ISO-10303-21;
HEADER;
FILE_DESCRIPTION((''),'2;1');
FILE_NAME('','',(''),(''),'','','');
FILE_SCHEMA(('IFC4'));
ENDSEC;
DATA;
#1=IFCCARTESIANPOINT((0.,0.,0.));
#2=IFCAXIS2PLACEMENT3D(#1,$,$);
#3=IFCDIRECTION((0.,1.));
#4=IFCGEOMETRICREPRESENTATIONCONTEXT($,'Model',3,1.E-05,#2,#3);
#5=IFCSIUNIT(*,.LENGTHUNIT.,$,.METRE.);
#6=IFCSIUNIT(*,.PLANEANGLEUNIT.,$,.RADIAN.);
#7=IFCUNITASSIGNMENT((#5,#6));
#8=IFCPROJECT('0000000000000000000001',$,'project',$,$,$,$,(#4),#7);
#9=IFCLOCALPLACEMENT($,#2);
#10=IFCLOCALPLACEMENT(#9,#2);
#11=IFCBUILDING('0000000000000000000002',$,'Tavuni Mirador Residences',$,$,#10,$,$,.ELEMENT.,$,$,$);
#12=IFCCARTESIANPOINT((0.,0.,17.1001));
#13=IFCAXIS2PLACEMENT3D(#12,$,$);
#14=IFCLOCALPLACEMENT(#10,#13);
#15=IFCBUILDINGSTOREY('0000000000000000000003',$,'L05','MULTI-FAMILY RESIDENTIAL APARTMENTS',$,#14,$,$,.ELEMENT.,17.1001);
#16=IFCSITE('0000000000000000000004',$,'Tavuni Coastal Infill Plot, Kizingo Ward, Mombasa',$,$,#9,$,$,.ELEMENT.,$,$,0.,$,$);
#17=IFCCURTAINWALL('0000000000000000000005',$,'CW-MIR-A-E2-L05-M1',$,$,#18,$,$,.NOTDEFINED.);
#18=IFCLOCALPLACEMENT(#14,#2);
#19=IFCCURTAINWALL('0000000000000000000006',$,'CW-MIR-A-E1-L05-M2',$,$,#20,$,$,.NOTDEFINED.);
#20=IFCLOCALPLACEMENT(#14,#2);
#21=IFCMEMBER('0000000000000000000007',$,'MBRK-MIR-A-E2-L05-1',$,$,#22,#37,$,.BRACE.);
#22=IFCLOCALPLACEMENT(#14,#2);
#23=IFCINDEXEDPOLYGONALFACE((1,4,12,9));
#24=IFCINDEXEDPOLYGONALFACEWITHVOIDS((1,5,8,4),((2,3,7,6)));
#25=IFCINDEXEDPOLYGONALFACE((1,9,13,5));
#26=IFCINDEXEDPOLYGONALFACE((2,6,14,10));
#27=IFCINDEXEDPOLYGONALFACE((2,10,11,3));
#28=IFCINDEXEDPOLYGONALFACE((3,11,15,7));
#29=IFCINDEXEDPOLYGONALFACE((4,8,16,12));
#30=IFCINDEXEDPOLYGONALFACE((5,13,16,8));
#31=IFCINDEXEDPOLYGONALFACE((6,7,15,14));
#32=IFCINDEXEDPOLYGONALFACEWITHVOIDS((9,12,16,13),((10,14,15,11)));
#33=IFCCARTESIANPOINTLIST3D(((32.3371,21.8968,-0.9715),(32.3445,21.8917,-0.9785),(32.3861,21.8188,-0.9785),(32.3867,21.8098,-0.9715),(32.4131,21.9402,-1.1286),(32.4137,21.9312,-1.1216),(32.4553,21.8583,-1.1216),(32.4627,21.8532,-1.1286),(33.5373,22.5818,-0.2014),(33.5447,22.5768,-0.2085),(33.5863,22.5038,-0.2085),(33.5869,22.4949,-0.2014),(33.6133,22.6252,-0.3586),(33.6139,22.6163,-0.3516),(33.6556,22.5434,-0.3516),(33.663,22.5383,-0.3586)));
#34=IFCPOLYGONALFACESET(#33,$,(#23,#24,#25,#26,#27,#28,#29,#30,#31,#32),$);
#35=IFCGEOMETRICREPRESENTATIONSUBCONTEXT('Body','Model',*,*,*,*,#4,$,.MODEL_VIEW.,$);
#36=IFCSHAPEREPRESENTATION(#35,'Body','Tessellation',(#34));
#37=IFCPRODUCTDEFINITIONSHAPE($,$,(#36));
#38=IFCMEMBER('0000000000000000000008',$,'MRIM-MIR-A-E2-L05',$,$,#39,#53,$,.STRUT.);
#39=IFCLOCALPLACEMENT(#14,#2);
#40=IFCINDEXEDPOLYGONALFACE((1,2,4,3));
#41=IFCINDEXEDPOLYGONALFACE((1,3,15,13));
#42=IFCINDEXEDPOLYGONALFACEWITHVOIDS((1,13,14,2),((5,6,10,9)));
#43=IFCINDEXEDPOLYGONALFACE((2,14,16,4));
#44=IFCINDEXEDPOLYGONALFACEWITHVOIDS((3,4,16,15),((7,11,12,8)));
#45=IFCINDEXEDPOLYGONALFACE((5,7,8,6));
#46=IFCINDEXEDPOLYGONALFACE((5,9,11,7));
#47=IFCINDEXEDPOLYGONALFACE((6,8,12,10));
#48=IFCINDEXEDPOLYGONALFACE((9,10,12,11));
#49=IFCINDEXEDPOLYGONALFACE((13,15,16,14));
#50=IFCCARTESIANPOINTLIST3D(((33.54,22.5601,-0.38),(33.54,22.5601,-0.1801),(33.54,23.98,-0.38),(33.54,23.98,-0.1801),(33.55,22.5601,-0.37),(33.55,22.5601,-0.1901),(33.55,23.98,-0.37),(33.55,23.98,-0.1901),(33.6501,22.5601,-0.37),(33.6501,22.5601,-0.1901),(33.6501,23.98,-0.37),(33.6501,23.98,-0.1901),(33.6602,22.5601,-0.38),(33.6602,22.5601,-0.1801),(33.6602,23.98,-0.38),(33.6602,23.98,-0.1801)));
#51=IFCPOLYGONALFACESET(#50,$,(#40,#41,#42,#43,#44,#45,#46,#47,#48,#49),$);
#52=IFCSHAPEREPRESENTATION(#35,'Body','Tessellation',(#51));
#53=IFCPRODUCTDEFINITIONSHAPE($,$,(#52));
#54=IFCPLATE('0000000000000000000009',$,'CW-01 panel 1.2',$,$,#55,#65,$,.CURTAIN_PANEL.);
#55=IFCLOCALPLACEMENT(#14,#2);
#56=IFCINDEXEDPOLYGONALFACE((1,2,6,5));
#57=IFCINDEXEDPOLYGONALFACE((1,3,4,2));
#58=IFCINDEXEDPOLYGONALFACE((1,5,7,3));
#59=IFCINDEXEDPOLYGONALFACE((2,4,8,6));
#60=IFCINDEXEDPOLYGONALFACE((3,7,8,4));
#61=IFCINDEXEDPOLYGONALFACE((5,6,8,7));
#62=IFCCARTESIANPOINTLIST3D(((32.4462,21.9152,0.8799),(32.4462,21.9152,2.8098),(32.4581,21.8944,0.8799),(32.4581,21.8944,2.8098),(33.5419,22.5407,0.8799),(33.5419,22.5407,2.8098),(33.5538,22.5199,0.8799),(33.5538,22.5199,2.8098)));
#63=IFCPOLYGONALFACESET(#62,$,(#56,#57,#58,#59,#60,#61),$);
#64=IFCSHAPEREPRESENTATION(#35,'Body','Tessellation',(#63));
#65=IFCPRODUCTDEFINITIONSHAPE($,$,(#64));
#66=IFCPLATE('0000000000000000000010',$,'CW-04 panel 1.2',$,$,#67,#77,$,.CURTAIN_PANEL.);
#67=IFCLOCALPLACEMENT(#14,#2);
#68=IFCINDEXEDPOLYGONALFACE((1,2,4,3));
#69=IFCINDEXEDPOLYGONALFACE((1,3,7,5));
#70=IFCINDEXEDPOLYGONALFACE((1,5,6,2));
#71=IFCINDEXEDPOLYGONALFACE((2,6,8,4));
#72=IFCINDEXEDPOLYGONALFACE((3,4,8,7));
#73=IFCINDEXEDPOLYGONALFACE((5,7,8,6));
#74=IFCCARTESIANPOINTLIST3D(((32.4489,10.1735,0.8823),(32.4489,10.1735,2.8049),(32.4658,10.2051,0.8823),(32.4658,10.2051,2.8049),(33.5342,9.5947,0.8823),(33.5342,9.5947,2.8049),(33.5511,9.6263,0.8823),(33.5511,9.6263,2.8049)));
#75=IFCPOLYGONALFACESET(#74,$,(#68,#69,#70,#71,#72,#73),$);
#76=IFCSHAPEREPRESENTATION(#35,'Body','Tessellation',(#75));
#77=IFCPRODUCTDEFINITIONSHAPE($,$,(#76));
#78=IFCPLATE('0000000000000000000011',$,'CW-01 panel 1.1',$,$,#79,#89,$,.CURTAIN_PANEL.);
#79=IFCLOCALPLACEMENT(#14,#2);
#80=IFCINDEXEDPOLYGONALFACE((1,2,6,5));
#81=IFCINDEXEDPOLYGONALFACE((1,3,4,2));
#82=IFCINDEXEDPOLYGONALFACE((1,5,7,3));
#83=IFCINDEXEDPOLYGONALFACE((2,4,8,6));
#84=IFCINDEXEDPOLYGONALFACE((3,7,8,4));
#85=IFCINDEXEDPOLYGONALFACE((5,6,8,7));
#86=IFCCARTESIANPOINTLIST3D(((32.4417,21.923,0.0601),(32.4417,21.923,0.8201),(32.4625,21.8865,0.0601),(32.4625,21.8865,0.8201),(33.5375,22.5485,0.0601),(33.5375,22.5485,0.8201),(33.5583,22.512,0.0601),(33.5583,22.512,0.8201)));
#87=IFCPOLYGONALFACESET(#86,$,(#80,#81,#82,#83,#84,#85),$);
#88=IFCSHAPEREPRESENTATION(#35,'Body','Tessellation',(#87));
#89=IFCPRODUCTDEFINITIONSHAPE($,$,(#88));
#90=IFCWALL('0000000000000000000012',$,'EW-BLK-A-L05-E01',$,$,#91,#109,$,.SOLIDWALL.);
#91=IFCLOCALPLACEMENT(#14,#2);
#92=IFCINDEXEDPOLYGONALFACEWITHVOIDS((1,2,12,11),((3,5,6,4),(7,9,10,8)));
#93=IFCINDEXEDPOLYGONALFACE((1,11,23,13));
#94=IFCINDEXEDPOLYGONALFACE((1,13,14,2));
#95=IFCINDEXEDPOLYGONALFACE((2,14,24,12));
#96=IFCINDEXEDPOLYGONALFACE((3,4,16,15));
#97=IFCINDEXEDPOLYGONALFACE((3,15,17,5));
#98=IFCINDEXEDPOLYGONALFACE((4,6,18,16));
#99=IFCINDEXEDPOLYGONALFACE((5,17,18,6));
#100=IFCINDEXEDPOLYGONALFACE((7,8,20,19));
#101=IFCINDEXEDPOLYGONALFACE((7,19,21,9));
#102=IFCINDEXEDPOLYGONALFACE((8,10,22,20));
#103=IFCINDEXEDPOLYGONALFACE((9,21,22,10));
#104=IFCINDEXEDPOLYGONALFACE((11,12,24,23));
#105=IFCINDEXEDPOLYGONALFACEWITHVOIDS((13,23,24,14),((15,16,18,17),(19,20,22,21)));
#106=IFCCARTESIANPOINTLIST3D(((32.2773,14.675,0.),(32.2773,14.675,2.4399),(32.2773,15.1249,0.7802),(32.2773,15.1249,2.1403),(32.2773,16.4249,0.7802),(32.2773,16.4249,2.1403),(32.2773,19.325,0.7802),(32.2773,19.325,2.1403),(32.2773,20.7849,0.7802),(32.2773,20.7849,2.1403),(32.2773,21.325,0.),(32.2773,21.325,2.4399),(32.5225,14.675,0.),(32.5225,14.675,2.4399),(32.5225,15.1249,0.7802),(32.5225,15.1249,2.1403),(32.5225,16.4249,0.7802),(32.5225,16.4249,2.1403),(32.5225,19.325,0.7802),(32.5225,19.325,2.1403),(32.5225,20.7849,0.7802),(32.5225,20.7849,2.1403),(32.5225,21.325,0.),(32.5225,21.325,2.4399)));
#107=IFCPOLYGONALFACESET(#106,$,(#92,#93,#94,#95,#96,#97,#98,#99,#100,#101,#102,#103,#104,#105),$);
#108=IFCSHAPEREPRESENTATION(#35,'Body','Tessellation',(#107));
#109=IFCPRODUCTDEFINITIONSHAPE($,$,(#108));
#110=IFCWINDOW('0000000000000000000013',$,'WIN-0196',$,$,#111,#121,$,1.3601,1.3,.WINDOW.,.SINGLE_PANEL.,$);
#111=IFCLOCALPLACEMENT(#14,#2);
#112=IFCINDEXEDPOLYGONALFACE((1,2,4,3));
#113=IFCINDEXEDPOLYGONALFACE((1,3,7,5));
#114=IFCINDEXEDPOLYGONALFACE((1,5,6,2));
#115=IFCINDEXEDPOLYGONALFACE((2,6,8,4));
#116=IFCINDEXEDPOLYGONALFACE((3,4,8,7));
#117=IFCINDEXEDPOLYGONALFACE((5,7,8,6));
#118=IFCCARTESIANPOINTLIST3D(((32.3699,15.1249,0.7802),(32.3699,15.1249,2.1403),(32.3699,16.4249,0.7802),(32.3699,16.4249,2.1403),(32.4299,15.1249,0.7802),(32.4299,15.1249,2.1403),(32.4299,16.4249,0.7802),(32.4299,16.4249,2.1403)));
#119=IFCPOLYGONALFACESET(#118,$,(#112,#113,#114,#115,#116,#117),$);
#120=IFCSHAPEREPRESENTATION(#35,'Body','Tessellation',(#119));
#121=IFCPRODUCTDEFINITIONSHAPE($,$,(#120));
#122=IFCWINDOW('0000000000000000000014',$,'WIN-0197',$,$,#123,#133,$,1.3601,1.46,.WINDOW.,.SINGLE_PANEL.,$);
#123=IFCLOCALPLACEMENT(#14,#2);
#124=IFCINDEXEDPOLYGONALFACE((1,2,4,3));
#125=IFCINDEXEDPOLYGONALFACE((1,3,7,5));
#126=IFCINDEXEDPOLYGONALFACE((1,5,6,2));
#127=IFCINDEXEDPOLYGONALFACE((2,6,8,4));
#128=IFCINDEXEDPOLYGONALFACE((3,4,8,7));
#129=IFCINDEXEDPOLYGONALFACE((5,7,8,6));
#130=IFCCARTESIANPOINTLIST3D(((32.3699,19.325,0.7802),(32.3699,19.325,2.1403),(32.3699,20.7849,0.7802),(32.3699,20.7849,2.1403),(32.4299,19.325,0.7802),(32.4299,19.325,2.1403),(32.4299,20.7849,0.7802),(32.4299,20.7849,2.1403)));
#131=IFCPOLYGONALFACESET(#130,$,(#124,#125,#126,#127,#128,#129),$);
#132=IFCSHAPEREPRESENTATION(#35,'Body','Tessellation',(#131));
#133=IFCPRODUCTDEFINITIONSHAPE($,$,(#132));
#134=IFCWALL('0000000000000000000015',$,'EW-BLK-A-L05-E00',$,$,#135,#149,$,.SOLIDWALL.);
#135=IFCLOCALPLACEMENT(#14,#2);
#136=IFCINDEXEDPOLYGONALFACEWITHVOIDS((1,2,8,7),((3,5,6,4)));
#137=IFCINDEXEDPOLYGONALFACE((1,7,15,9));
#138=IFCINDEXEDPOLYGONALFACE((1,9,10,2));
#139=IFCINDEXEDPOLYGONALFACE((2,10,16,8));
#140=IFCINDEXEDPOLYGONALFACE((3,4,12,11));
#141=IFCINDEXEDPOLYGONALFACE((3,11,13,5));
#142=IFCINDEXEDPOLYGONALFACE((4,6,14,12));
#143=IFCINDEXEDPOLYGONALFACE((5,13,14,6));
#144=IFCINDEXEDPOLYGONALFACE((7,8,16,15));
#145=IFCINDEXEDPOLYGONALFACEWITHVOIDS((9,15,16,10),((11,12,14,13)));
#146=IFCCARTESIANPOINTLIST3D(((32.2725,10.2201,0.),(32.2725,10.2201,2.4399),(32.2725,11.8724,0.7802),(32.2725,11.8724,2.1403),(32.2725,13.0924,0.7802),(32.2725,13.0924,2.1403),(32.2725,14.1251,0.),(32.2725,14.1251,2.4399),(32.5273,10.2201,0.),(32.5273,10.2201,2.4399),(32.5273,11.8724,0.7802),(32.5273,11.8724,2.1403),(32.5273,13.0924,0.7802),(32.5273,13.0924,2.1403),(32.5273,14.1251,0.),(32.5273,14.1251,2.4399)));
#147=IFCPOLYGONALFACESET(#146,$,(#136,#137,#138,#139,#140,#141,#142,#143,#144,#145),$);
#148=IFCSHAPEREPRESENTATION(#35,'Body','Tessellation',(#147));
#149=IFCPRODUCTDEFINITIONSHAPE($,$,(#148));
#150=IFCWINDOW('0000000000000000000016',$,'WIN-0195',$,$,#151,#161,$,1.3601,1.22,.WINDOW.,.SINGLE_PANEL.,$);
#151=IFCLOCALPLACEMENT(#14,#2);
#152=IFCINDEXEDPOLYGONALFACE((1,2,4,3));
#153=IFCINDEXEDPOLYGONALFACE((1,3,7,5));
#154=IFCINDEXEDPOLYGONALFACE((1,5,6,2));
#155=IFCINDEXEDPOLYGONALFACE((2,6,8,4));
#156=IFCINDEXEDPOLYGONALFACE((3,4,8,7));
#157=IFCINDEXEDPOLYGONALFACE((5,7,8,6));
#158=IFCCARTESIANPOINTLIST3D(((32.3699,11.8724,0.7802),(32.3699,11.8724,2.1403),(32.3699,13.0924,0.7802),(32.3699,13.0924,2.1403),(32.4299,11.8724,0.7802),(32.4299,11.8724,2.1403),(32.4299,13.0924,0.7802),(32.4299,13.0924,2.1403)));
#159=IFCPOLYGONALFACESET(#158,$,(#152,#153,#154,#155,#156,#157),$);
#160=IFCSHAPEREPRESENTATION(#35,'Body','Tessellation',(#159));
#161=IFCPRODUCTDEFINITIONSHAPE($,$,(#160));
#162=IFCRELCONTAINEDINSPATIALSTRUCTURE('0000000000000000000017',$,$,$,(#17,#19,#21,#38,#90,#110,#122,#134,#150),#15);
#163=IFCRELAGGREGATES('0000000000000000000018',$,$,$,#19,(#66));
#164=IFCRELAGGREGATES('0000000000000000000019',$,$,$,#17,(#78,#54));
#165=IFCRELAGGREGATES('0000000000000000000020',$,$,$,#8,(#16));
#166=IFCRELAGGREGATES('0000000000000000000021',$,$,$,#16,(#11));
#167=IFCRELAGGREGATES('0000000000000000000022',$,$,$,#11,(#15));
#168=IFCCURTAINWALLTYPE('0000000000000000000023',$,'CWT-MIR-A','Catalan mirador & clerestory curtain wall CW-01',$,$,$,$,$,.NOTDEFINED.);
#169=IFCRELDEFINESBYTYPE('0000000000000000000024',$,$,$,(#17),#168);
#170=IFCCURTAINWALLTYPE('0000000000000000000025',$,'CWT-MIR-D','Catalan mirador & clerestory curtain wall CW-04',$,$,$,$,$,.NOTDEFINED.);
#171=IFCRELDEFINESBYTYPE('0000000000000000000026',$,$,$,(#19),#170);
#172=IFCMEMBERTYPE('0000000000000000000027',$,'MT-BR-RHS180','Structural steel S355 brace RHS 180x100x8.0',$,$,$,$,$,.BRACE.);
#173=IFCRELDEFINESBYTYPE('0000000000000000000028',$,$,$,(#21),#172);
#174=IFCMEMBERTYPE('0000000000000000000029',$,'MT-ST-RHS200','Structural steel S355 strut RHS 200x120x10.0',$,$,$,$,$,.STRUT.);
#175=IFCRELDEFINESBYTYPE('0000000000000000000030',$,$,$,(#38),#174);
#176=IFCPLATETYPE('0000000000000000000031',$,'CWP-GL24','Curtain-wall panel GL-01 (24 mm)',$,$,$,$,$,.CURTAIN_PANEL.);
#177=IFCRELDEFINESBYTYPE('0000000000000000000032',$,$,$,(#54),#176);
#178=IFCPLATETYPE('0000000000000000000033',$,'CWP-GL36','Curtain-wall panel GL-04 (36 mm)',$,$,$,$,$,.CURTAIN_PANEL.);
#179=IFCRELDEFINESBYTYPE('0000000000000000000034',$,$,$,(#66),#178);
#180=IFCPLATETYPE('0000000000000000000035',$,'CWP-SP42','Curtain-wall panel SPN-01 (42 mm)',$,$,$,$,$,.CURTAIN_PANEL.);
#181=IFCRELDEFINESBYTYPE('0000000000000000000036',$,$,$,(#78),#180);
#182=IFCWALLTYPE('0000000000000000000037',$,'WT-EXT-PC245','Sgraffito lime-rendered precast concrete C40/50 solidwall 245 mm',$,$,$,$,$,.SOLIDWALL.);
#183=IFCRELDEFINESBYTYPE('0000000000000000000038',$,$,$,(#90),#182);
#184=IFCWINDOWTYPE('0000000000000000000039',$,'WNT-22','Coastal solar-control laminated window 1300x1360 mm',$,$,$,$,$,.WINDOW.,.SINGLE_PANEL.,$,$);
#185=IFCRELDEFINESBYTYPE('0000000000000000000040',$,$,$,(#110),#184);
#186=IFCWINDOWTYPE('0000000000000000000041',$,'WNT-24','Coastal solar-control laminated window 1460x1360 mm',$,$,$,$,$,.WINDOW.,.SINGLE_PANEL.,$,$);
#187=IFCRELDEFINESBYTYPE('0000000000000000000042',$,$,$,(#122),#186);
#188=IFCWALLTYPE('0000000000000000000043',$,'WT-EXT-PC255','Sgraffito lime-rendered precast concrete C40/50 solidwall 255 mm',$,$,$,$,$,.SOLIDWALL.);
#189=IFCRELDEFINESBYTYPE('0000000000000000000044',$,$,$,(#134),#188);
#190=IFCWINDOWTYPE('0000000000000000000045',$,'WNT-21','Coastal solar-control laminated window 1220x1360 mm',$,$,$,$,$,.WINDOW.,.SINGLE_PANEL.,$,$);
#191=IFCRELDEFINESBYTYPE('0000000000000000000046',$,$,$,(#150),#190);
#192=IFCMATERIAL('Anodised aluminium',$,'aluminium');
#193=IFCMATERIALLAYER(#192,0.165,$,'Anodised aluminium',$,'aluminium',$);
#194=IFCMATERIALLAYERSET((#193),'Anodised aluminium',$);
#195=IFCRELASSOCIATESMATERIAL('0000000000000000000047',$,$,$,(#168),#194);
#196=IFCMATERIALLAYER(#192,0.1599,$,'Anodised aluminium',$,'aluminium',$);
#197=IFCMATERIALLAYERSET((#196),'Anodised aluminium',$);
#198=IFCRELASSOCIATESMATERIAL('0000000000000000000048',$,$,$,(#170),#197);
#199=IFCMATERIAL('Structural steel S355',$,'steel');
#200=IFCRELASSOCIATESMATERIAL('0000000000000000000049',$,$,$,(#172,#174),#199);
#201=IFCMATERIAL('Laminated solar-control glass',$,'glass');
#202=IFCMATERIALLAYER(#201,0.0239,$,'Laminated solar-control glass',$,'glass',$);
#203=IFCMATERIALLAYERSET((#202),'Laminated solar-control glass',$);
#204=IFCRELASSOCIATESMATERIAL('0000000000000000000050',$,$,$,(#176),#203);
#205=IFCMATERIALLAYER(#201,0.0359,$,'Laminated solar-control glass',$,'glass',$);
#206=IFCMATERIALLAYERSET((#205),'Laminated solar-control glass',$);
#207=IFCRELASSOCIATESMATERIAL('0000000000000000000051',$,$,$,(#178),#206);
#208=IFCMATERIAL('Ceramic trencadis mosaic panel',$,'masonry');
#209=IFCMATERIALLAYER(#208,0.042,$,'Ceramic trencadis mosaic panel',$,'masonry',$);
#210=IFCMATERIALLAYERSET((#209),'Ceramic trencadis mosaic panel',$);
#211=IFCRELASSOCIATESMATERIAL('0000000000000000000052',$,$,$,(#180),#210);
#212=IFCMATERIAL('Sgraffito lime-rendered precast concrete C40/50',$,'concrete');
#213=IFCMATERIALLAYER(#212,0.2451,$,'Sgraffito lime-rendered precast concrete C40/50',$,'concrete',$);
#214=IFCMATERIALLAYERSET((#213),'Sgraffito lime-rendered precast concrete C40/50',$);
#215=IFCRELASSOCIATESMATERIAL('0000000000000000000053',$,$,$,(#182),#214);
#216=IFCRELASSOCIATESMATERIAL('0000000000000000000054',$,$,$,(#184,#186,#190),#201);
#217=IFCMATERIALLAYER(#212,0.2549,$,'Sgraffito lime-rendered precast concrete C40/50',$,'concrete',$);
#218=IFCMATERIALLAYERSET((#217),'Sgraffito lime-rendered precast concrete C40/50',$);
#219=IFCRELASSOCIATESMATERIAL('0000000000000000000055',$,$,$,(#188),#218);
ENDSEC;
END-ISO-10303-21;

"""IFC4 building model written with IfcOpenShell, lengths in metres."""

from ifc_helpers import new_model, si_unit, direction, frame, frame_2d, origin, origin_2d, place, context, subcontext, project, spatial, rectangle, hollow_rectangle, extrude, material, layer, layer_set, material_profile, profile_set, type_object, element, fill, aggregate, save


model = new_model("IFC4")

# Units and contexts
model_context = context("Model", 3, precision=1e-05, world=origin(), true_north=direction((0.0, 1.0)))
body_context = subcontext(model_context, "Body", "Model", "MODEL_VIEW")
ifc_project = project(units=[si_unit("LENGTHUNIT", "METRE"), si_unit("PLANEANGLEUNIT", "RADIAN")], contexts=[model_context])

# Site, building, storey
site_placement = place(None, origin())
site = spatial("IfcSite", under=ifc_project, at=site_placement, Name="Tavuni Coastal Infill Plot, Kizingo Ward, Mombasa", CompositionType="ELEMENT", RefElevation=0.0)
building_placement = place(site_placement, origin())
building = spatial("IfcBuilding", under=site, at=building_placement, Name="Tavuni Mirador Residences", CompositionType="ELEMENT")
storey_placement = place(building_placement, frame((0.0, 0.0, 17.1001)))
storey = spatial("IfcBuildingStorey", under=building, at=storey_placement, Name="L05", Description="MULTI-FAMILY RESIDENTIAL APARTMENTS", CompositionType="ELEMENT", Elevation=17.1001)

# Curtain wall
ifc_material_1 = material(Name="Anodised aluminium", Category="aluminium")
ifc_layer_1 = layer(ifc_material_1, 0.165, Name="Anodised aluminium", Category="aluminium")
ifc_layer_set_1 = layer_set([ifc_layer_1], Name="Anodised aluminium")
curtain_wall_type_1 = type_object("IfcCurtainWallType", Name="CWT-MIR-A", Description="Catalan mirador & clerestory curtain wall CW-01", PredefinedType="NOTDEFINED", material=ifc_layer_set_1)
curtain_wall_1_placement = place(storey_placement, origin())
curtain_wall_1 = element("IfcCurtainWall", 1, at=curtain_wall_1_placement, inside=storey, type_object=curtain_wall_type_1, Name="CW-MIR-A-E2-L05-M1", PredefinedType="NOTDEFINED")

# Curtain wall
ifc_layer_2 = layer(ifc_material_1, 0.1599, Name="Anodised aluminium", Category="aluminium")
ifc_layer_set_2 = layer_set([ifc_layer_2], Name="Anodised aluminium")
curtain_wall_type_2 = type_object("IfcCurtainWallType", Name="CWT-MIR-D", Description="Catalan mirador & clerestory curtain wall CW-04", PredefinedType="NOTDEFINED", material=ifc_layer_set_2)
curtain_wall_2_placement = place(storey_placement, origin())
curtain_wall_2 = element("IfcCurtainWall", 2, at=curtain_wall_2_placement, inside=storey, type_object=curtain_wall_type_2, Name="CW-MIR-A-E1-L05-M2", PredefinedType="NOTDEFINED")

# Members
ifc_material_2 = material(Name="Structural steel S355", Category="steel")
ifc_material_profile_1 = material_profile(ifc_material_2, hollow_rectangle(XDim=0.1001, YDim=0.1799, WallThickness=0.0081, at=origin_2d()), Name="RHS 180x100x8.0", Category="steel")
ifc_profile_set_1 = profile_set([ifc_material_profile_1], Name="Structural steel S355")
member_type_1 = type_object("IfcMemberType", Name="MT-BR-RHS180", Description="Structural steel S355 brace RHS 180x100x8.0", PredefinedType="BRACE", material=ifc_profile_set_1)
member_1_placement = place(storey_placement, frame((32.3999, 21.875, -1.05), z_axis=(0.75866, 0.433035, 0.48674), x_axis=(-0.49572, 0.868482, 0.0)))
element("IfcMember", 3, at=member_1_placement, inside=storey, type_object=member_type_1, Name="MBRK-MIR-A-E2-L05-1", PredefinedType="BRACE", context=body_context, shape_type="SweptSolid", body=[
    extrude(hollow_rectangle(XDim=0.1001, YDim=0.1799, WallThickness=0.0081, at=origin_2d()), origin(), (0.0, 0.0, 1.0), 1.582),
])
ifc_material_profile_2 = material_profile(ifc_material_2, hollow_rectangle(XDim=0.1201, YDim=0.2, WallThickness=0.01, at=origin_2d()), Name="RHS 200x120x10.0", Category="steel")
ifc_profile_set_2 = profile_set([ifc_material_profile_2], Name="Structural steel S355")
member_type_2 = type_object("IfcMemberType", Name="MT-ST-RHS200", Description="Structural steel S355 strut RHS 200x120x10.0", PredefinedType="STRUT", material=ifc_profile_set_2)
member_2_placement = place(storey_placement, frame((33.6001, 22.5601, -0.28), z_axis=(0.0, 1.0, 0.0), x_axis=(-1.0, 0.0, 0.0)))
element("IfcMember", 4, at=member_2_placement, inside=storey, type_object=member_type_2, Name="MRIM-MIR-A-E2-L05", PredefinedType="STRUT", context=body_context, shape_type="SweptSolid", body=[
    extrude(hollow_rectangle(XDim=0.1201, YDim=0.2, WallThickness=0.01, at=origin_2d()), origin(), (0.0, 0.0, 1.0), 1.4199),
])

# Plates
ifc_material_3 = material(Name="Laminated solar-control glass", Category="glass")
ifc_layer_3 = layer(ifc_material_3, 0.0239, Name="Laminated solar-control glass", Category="glass")
ifc_layer_set_3 = layer_set([ifc_layer_3], Name="Laminated solar-control glass")
plate_type_1 = type_object("IfcPlateType", Name="CWP-GL24", Description="Curtain-wall panel GL-01 (24 mm)", PredefinedType="CURTAIN_PANEL", material=ifc_layer_set_3)
plate_1_placement = place(storey_placement, frame((33.0, 22.2175, 0.8799), z_axis=(0.0, 0.0, 1.0), x_axis=(0.868466, 0.495749, 0.0)))
plate_1 = element("IfcPlate", 5, at=plate_1_placement, type_object=plate_type_1, Name="CW-01 panel 1.2", PredefinedType="CURTAIN_PANEL", context=body_context, shape_type="SweptSolid", body=[
    extrude(rectangle(XDim=1.2617, YDim=0.0239, at=origin_2d()), origin(), (0.0, 0.0, 1.0), 1.9299),
])
ifc_layer_4 = layer(ifc_material_3, 0.0359, Name="Laminated solar-control glass", Category="glass")
ifc_layer_set_4 = layer_set([ifc_layer_4], Name="Laminated solar-control glass")
plate_type_2 = type_object("IfcPlateType", Name="CWP-GL36", Description="Curtain-wall panel GL-04 (36 mm)", PredefinedType="CURTAIN_PANEL", material=ifc_layer_set_4)
plate_2_placement = place(storey_placement, frame((33.0, 9.8999, 0.8823), z_axis=(0.0, 0.0, 1.0), x_axis=(-0.882353, 0.470588, 0.0)))
plate_2 = element("IfcPlate", 6, at=plate_2_placement, type_object=plate_type_2, Name="CW-04 panel 1.2", PredefinedType="CURTAIN_PANEL", context=body_context, shape_type="SweptSolid", body=[
    extrude(rectangle(XDim=1.23, YDim=0.0359, at=origin_2d()), origin(), (0.0, 0.0, 1.0), 1.9226),
])
aggregate(curtain_wall_2, [plate_2])
ifc_material_4 = material(Name="Ceramic trencadis mosaic panel", Category="masonry")
ifc_layer_5 = layer(ifc_material_4, 0.042, Name="Ceramic trencadis mosaic panel", Category="masonry")
ifc_layer_set_5 = layer_set([ifc_layer_5], Name="Ceramic trencadis mosaic panel")
plate_type_3 = type_object("IfcPlateType", Name="CWP-SP42", Description="Curtain-wall panel SPN-01 (42 mm)", PredefinedType="CURTAIN_PANEL", material=ifc_layer_set_5)
plate_3_placement = place(storey_placement, frame((33.0, 22.2175, 0.0601), z_axis=(0.0, 0.0, 1.0), x_axis=(0.868466, 0.495749, 0.0)))
plate_3 = element("IfcPlate", 7, at=plate_3_placement, type_object=plate_type_3, Name="CW-01 panel 1.1", PredefinedType="CURTAIN_PANEL", context=body_context, shape_type="SweptSolid", body=[
    extrude(rectangle(XDim=1.2617, YDim=0.042, at=origin_2d()), origin(), (0.0, 0.0, 1.0), 0.76),
])
aggregate(curtain_wall_1, [plate_3, plate_1])

# Wall, openings, windows
ifc_material_5 = material(Name="Sgraffito lime-rendered precast concrete C40/50", Category="concrete")
ifc_layer_6 = layer(ifc_material_5, 0.2451, Name="Sgraffito lime-rendered precast concrete C40/50", Category="concrete")
ifc_layer_set_6 = layer_set([ifc_layer_6], Name="Sgraffito lime-rendered precast concrete C40/50")
wall_type_1 = type_object("IfcWallType", Name="WT-EXT-PC245", Description="Sgraffito lime-rendered precast concrete C40/50 solidwall 245 mm", PredefinedType="SOLIDWALL", material=ifc_layer_set_6)
wall_1_placement = place(storey_placement, frame((32.3999, 14.675, 0.0), z_axis=(0.0, 0.0, 1.0), x_axis=(0.0, 1.0, 0.0)))
wall_1 = element("IfcWall", 8, at=wall_1_placement, inside=storey, type_object=wall_type_1, Name="EW-BLK-A-L05-E01", PredefinedType="SOLIDWALL", context=body_context, shape_type="SweptSolid", body=[
    extrude(rectangle(XDim=6.6499, YDim=0.2451, at=frame_2d((3.325, 0.0))), origin(), (0.0, 0.0, 1.0), 2.4399),
])
opening_1_placement = place(wall_1_placement, frame((0.45, 0.0, 0.78)))
opening_1 = element("IfcOpeningElement", 9, at=opening_1_placement, cuts=wall_1, PredefinedType="OPENING", context=body_context, shape_type="SweptSolid", body=[
    extrude(rectangle(XDim=1.3, YDim=1.3601, at=frame_2d((0.6499, 0.6802))), frame((0.0, 0.1326, 0.0), z_axis=(0.0, -1.0, 0.0), x_axis=(1.0, 0.0, 0.0)), (0.0, 0.0, 1.0), 0.2651),
])
opening_2_placement = place(wall_1_placement, frame((4.6499, 0.0, 0.78)))
opening_2 = element("IfcOpeningElement", 10, at=opening_2_placement, cuts=wall_1, PredefinedType="OPENING", context=body_context, shape_type="SweptSolid", body=[
    extrude(rectangle(XDim=1.46, YDim=1.3601, at=frame_2d((0.73, 0.6802))), frame((0.0, 0.1326, 0.0), z_axis=(0.0, -1.0, 0.0), x_axis=(1.0, 0.0, 0.0)), (0.0, 0.0, 1.0), 0.2651),
])
window_type_1 = type_object("IfcWindowType", Name="WNT-22", Description="Coastal solar-control laminated window 1300x1360 mm", PartitioningType="SINGLE_PANEL", PredefinedType="WINDOW", material=ifc_material_3)
window_1_placement = place(opening_1_placement, origin())
window_1 = element("IfcWindow", 11, at=window_1_placement, inside=storey, type_object=window_type_1, Name="WIN-0196", OverallHeight=1.3601, OverallWidth=1.3, PartitioningType="SINGLE_PANEL", PredefinedType="WINDOW", context=body_context, shape_type="SweptSolid", body=[
    extrude(rectangle(XDim=1.3, YDim=1.3601, at=frame_2d((0.6499, 0.6802))), frame((0.0, 0.03, 0.0), z_axis=(0.0, -1.0, 0.0), x_axis=(1.0, 0.0, 0.0)), (0.0, 0.0, 1.0), 0.0601),
])
fill(opening_1, window_1)
window_type_2 = type_object("IfcWindowType", Name="WNT-24", Description="Coastal solar-control laminated window 1460x1360 mm", PartitioningType="SINGLE_PANEL", PredefinedType="WINDOW", material=ifc_material_3)
window_2_placement = place(opening_2_placement, origin())
window_2 = element("IfcWindow", 12, at=window_2_placement, inside=storey, type_object=window_type_2, Name="WIN-0197", OverallHeight=1.3601, OverallWidth=1.46, PartitioningType="SINGLE_PANEL", PredefinedType="WINDOW", context=body_context, shape_type="SweptSolid", body=[
    extrude(rectangle(XDim=1.46, YDim=1.3601, at=frame_2d((0.73, 0.6802))), frame((0.0, 0.03, 0.0), z_axis=(0.0, -1.0, 0.0), x_axis=(1.0, 0.0, 0.0)), (0.0, 0.0, 1.0), 0.0601),
])
fill(opening_2, window_2)

# Wall, opening, window
ifc_layer_7 = layer(ifc_material_5, 0.2549, Name="Sgraffito lime-rendered precast concrete C40/50", Category="concrete")
ifc_layer_set_7 = layer_set([ifc_layer_7], Name="Sgraffito lime-rendered precast concrete C40/50")
wall_type_2 = type_object("IfcWallType", Name="WT-EXT-PC255", Description="Sgraffito lime-rendered precast concrete C40/50 solidwall 255 mm", PredefinedType="SOLIDWALL", material=ifc_layer_set_7)
wall_2_placement = place(storey_placement, frame((32.3999, 10.22, 0.0), z_axis=(0.0, 0.0, 1.0), x_axis=(0.0, 1.0, 0.0)))
wall_2 = element("IfcWall", 13, at=wall_2_placement, inside=storey, type_object=wall_type_2, Name="EW-BLK-A-L05-E00", PredefinedType="SOLIDWALL", context=body_context, shape_type="SweptSolid", body=[
    extrude(rectangle(XDim=3.905, YDim=0.2549, at=frame_2d((1.9526, 0.0))), origin(), (0.0, 0.0, 1.0), 2.4399),
])
opening_3_placement = place(wall_2_placement, frame((1.6526, 0.0, 0.78)))
opening_3 = element("IfcOpeningElement", 14, at=opening_3_placement, cuts=wall_2, PredefinedType="OPENING", context=body_context, shape_type="SweptSolid", body=[
    extrude(rectangle(XDim=1.22, YDim=1.3601, at=frame_2d((0.6099, 0.6802))), frame((0.0, 0.1375, 0.0), z_axis=(0.0, -1.0, 0.0), x_axis=(1.0, 0.0, 0.0)), (0.0, 0.0, 1.0), 0.2749),
])
window_type_3 = type_object("IfcWindowType", Name="WNT-21", Description="Coastal solar-control laminated window 1220x1360 mm", PartitioningType="SINGLE_PANEL", PredefinedType="WINDOW", material=ifc_material_3)
window_3_placement = place(opening_3_placement, origin())
window_3 = element("IfcWindow", 15, at=window_3_placement, inside=storey, type_object=window_type_3, Name="WIN-0195", OverallHeight=1.3601, OverallWidth=1.22, PartitioningType="SINGLE_PANEL", PredefinedType="WINDOW", context=body_context, shape_type="SweptSolid", body=[
    extrude(rectangle(XDim=1.22, YDim=1.3601, at=frame_2d((0.6099, 0.6802))), frame((0.0, 0.03, 0.0), z_axis=(0.0, -1.0, 0.0), x_axis=(1.0, 0.0, 0.0)), (0.0, 0.0, 1.0), 0.0601),
])
fill(opening_3, window_3)

save(model, "model.ifc")
